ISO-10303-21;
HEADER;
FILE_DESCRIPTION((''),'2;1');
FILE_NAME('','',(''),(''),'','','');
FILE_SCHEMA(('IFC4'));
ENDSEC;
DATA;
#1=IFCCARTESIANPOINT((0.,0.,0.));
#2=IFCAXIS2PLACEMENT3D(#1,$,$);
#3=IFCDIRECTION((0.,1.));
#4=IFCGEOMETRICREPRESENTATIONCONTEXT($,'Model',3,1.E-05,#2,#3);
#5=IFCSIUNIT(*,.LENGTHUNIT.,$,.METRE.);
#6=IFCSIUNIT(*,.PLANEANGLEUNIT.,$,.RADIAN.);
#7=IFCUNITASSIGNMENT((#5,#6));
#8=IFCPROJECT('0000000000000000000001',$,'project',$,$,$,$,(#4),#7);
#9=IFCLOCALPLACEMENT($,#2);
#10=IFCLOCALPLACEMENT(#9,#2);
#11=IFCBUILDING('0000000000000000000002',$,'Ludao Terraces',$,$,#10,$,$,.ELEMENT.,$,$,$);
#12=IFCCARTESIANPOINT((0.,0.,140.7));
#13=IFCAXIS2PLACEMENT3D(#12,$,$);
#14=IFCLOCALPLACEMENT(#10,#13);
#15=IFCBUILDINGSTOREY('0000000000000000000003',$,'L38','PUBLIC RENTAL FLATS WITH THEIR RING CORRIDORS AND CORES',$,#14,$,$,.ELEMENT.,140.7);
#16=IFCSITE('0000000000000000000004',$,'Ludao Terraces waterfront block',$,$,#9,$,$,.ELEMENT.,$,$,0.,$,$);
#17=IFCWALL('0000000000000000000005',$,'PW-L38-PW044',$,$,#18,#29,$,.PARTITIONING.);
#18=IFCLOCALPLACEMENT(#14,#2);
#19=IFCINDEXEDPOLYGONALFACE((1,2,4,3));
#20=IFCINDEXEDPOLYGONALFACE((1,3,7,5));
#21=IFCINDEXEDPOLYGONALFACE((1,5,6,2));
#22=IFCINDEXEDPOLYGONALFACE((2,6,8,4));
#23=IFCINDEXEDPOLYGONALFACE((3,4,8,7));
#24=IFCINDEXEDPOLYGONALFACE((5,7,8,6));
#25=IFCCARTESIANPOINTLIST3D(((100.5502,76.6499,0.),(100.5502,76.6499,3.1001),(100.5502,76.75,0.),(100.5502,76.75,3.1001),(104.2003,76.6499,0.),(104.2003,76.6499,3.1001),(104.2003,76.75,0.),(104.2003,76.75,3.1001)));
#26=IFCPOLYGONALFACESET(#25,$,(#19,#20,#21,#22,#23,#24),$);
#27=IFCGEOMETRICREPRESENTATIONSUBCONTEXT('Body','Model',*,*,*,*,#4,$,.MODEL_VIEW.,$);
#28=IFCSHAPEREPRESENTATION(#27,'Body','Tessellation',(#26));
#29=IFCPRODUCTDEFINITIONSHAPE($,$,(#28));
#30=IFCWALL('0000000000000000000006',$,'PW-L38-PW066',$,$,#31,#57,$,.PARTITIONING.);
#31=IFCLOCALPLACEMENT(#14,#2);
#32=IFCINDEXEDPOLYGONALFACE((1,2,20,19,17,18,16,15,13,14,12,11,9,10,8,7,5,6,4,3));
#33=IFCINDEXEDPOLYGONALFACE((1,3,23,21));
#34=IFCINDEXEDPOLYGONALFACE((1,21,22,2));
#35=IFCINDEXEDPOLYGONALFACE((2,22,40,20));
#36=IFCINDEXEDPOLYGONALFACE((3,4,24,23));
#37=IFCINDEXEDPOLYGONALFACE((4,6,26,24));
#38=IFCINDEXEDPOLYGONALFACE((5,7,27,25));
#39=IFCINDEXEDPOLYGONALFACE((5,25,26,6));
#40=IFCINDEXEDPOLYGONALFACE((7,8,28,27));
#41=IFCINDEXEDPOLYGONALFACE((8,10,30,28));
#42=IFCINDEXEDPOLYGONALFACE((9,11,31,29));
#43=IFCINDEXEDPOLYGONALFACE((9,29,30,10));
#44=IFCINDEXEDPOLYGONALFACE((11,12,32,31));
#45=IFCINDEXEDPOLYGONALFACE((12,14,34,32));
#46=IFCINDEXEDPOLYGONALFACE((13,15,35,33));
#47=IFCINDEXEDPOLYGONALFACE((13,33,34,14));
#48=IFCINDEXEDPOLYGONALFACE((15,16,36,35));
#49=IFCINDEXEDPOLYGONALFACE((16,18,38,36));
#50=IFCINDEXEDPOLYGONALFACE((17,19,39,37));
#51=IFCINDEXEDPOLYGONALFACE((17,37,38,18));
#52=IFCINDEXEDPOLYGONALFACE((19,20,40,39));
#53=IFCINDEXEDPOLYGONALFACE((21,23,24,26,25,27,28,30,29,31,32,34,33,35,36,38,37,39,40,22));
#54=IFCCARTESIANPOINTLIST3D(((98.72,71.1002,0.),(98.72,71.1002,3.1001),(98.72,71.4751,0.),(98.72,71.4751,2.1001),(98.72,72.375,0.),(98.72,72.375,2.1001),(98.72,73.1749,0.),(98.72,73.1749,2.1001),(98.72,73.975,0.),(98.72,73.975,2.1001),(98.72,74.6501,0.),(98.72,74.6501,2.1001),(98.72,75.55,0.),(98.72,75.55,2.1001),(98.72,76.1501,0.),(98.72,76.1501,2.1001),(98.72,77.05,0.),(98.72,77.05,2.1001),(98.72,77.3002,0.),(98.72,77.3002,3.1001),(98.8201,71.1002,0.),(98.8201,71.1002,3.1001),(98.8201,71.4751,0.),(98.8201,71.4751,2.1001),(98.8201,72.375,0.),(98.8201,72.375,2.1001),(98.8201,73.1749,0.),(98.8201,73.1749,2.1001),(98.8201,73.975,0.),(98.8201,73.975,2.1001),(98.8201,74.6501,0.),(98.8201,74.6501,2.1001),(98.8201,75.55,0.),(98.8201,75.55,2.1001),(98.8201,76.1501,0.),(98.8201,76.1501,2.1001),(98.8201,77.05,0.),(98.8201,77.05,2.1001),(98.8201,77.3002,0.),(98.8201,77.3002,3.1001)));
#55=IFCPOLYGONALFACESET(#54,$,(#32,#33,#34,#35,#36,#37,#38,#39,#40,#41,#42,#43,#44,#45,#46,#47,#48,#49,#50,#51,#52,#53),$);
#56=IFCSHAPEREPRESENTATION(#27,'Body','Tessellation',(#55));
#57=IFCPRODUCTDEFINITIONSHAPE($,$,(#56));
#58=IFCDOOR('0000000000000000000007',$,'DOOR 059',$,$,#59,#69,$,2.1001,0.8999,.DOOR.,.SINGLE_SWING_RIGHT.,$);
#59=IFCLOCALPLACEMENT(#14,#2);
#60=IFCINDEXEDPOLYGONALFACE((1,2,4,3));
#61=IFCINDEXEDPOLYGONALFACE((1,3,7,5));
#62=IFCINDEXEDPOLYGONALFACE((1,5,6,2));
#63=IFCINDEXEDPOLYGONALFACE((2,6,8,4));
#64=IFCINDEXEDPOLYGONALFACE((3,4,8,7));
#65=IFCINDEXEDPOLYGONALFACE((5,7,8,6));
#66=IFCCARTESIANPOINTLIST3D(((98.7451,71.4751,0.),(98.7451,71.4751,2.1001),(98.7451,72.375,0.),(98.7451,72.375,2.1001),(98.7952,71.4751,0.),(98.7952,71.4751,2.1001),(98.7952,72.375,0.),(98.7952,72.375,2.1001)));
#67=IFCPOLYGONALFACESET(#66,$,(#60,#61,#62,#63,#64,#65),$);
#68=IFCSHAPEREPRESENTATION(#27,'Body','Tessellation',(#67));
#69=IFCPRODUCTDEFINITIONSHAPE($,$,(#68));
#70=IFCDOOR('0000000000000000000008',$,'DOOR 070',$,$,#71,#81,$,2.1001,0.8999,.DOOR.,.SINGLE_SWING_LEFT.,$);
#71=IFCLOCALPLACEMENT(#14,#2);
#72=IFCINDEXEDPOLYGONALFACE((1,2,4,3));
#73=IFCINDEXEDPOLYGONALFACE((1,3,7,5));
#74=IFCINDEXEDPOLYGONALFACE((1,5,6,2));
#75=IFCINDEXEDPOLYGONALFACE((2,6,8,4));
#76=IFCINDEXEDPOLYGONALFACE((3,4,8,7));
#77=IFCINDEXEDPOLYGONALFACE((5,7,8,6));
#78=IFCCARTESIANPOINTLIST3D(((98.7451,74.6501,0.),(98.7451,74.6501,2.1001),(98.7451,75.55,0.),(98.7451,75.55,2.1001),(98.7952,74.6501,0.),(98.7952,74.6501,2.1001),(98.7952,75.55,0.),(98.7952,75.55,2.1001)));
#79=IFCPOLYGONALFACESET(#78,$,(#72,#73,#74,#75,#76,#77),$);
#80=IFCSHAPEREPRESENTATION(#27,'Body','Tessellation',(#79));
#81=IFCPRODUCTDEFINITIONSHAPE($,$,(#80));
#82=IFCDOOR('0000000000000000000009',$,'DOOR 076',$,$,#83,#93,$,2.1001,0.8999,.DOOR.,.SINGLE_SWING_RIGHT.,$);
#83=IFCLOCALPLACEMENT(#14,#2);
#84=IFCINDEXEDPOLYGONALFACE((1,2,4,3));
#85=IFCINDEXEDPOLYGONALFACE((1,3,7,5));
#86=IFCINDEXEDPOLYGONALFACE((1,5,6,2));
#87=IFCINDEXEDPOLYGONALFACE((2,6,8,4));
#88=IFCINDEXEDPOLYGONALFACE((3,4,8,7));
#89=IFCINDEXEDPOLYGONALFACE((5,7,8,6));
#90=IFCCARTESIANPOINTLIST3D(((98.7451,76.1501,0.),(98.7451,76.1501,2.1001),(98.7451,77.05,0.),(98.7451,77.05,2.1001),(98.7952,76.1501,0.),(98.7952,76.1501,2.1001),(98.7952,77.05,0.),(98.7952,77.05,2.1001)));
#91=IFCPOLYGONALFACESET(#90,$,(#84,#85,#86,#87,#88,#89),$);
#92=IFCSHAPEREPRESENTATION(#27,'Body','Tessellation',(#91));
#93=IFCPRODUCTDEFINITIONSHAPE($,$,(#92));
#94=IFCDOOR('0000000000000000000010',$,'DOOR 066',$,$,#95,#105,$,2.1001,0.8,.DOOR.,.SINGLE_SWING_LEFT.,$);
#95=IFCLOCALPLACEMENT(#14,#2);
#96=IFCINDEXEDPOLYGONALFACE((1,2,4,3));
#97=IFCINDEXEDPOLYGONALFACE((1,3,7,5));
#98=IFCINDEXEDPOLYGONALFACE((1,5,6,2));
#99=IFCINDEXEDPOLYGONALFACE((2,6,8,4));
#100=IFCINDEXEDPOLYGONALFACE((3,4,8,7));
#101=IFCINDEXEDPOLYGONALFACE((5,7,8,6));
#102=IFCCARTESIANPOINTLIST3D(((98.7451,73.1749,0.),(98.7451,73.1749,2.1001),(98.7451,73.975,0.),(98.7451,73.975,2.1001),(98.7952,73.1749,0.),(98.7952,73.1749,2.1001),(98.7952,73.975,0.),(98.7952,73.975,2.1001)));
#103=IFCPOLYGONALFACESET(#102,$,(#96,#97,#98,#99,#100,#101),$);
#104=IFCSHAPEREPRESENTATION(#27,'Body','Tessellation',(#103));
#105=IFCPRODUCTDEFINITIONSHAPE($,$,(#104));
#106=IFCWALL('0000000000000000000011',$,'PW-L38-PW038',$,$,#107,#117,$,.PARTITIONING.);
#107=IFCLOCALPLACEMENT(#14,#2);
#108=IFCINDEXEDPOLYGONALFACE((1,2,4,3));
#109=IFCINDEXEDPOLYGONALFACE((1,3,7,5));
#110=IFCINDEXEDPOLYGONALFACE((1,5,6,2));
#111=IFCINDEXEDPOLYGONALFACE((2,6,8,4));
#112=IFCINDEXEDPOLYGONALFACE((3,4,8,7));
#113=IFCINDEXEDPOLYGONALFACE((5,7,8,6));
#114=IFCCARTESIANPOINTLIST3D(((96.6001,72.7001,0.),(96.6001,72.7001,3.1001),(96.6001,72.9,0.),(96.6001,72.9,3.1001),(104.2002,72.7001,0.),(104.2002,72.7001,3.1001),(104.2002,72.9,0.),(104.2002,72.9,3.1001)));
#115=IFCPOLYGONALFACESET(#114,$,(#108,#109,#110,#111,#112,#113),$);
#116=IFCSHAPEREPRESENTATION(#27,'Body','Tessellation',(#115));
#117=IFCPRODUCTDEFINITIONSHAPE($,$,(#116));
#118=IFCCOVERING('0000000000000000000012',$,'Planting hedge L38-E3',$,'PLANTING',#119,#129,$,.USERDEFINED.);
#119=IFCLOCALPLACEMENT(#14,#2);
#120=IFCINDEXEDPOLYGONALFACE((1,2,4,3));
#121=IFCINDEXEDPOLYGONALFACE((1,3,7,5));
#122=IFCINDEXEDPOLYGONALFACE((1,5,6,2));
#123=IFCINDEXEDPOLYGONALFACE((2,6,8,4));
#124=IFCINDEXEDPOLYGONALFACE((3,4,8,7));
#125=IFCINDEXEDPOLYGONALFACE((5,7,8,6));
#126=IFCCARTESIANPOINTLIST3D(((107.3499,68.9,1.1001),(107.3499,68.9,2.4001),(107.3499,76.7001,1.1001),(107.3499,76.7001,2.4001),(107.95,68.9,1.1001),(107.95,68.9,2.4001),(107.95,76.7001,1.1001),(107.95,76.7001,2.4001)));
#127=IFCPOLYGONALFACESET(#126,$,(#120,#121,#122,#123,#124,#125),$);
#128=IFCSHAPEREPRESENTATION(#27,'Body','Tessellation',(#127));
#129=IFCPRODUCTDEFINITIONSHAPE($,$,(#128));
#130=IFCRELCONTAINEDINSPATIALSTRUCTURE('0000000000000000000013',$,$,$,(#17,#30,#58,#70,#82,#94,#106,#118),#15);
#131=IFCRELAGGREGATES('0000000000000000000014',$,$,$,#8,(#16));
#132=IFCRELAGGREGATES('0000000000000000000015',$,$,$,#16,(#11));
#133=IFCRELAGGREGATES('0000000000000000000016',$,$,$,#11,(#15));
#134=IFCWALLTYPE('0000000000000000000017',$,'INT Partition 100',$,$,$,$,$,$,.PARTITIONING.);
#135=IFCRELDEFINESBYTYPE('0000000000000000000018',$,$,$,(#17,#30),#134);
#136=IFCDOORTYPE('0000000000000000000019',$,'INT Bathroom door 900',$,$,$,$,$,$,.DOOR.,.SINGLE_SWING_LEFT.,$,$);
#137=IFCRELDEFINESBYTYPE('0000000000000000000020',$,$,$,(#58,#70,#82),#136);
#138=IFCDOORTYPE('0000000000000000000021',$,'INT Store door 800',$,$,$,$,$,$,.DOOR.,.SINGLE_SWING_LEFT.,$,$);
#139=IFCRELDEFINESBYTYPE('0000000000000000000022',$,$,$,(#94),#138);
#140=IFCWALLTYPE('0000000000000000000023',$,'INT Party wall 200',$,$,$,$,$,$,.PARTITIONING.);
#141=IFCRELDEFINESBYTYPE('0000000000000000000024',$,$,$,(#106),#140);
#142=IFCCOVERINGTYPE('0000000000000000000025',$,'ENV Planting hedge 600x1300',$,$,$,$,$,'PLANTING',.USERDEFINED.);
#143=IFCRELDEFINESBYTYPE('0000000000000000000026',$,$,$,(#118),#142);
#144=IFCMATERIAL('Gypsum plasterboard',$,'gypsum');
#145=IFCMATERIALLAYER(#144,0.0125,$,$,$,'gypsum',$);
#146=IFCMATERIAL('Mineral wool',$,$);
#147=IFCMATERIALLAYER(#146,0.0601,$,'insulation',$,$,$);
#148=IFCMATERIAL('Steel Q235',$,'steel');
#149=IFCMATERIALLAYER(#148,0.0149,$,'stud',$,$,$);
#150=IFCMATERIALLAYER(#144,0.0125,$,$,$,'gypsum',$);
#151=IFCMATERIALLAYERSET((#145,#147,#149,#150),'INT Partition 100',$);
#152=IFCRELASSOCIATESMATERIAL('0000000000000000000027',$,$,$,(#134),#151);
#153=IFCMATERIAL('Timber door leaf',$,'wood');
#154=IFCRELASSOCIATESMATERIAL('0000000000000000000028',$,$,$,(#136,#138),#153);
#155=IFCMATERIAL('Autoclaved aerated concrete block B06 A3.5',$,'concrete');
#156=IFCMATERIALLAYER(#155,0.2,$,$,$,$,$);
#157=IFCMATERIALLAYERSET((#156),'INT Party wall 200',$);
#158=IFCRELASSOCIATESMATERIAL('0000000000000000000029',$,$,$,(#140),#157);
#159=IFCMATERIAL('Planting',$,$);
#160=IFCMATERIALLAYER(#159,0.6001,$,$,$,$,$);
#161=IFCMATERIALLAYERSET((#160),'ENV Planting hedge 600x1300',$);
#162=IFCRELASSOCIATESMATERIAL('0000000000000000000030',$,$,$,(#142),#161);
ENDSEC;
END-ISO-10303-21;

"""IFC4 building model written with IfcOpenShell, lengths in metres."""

from ifc_helpers import new_model, si_unit, direction, frame, frame_2d, origin, origin_2d, place, context, subcontext, project, spatial, rectangle, extrude, material, layer, layer_set, type_object, element, fill, save


model = new_model("IFC4")

# Units and contexts
model_context = context("Model", 3, precision=1e-05, world=origin(), true_north=direction((0.0, 1.0)))
body_context = subcontext(model_context, "Body", "Model", "MODEL_VIEW")
ifc_project = project(units=[si_unit("LENGTHUNIT", "METRE"), si_unit("PLANEANGLEUNIT", "RADIAN")], contexts=[model_context])

# Site, building, storey
site_placement = place(None, origin())
site = spatial("IfcSite", under=ifc_project, at=site_placement, Name="Ludao Terraces waterfront block", CompositionType="ELEMENT", RefElevation=0.0)
building_placement = place(site_placement, origin())
building = spatial("IfcBuilding", under=site, at=building_placement, Name="Ludao Terraces", CompositionType="ELEMENT")
storey_placement = place(building_placement, frame((0.0, 0.0, 140.7)))
storey = spatial("IfcBuildingStorey", under=building, at=storey_placement, Name="L38", Description="PUBLIC RENTAL FLATS WITH THEIR RING CORRIDORS AND CORES", CompositionType="ELEMENT", Elevation=140.7)

# Shared definitions
ifc_material_1 = material(Name="Mineral wool")

# Wall
ifc_material_2 = material(Name="Gypsum plasterboard", Category="gypsum")
ifc_layer_1 = layer(ifc_material_2, 0.0125, Category="gypsum")
ifc_layer_2 = layer(ifc_material_1, 0.0601, Name="insulation")
ifc_material_3 = material(Name="Steel Q235", Category="steel")
ifc_layer_3 = layer(ifc_material_3, 0.0149, Name="stud")
ifc_layer_4 = layer(ifc_material_2, 0.0125, Category="gypsum")
ifc_layer_set_1 = layer_set([ifc_layer_1, ifc_layer_2, ifc_layer_3, ifc_layer_4], Name="INT Partition 100")
wall_type_1 = type_object("IfcWallType", Name="INT Partition 100", PredefinedType="PARTITIONING", material=ifc_layer_set_1)
wall_1_placement = place(storey_placement, frame((100.55, 76.7, 0.0), z_axis=(0.0, 0.0, 1.0), x_axis=(1.0, 0.0, 0.0)))
element("IfcWall", 1, at=wall_1_placement, inside=storey, type_object=wall_type_1, Name="PW-L38-PW044", PredefinedType="PARTITIONING", context=body_context, shape_type="SweptSolid", body=[
    extrude(rectangle(XDim=3.6501, YDim=0.1001, at=frame_2d((1.8252, 0.0))), origin(), (0.0, 0.0, 1.0), 3.1001),
])

# Wall, openings, doors
wall_2_placement = place(storey_placement, frame((98.77, 71.1001, 0.0), z_axis=(0.0, 0.0, 1.0), x_axis=(0.0, 1.0, 0.0)))
wall_2 = element("IfcWall", 2, at=wall_2_placement, inside=storey, type_object=wall_type_1, Name="PW-L38-PW066", PredefinedType="PARTITIONING", context=body_context, shape_type="SweptSolid", body=[
    extrude(rectangle(XDim=6.2, YDim=0.1001, at=frame_2d((3.1001, 0.0))), origin(), (0.0, 0.0, 1.0), 3.1001),
])
opening_1_placement = place(wall_2_placement, frame((0.375, 0.0, 0.0)))
opening_1 = element("IfcOpeningElement", 3, at=opening_1_placement, cuts=wall_2, PredefinedType="OPENING", context=body_context, shape_type="SweptSolid", body=[
    extrude(rectangle(XDim=0.8999, YDim=2.1001, at=frame_2d((0.45, 1.05))), frame((0.0, 0.0601, 0.0), z_axis=(0.0, -1.0, 0.0), x_axis=(1.0, 0.0, 0.0)), (0.0, 0.0, 1.0), 0.1201),
])
opening_2_placement = place(wall_2_placement, frame((2.075, 0.0, 0.0)))
opening_2 = element("IfcOpeningElement", 4, at=opening_2_placement, cuts=wall_2, PredefinedType="OPENING", context=body_context, shape_type="SweptSolid", body=[
    extrude(rectangle(XDim=0.8, YDim=2.1001, at=frame_2d((0.3999, 1.05))), frame((0.0, 0.0601, 0.0), z_axis=(0.0, -1.0, 0.0), x_axis=(1.0, 0.0, 0.0)), (0.0, 0.0, 1.0), 0.1201),
])
opening_3_placement = place(wall_2_placement, frame((3.55, 0.0, 0.0)))
opening_3 = element("IfcOpeningElement", 5, at=opening_3_placement, cuts=wall_2, PredefinedType="OPENING", context=body_context, shape_type="SweptSolid", body=[
    extrude(rectangle(XDim=0.8999, YDim=2.1001, at=frame_2d((0.45, 1.05))), frame((0.0, 0.0601, 0.0), z_axis=(0.0, -1.0, 0.0), x_axis=(1.0, 0.0, 0.0)), (0.0, 0.0, 1.0), 0.1201),
])
opening_4_placement = place(wall_2_placement, frame((5.05, 0.0, 0.0)))
opening_4 = element("IfcOpeningElement", 6, at=opening_4_placement, cuts=wall_2, PredefinedType="OPENING", context=body_context, shape_type="SweptSolid", body=[
    extrude(rectangle(XDim=0.8999, YDim=2.1001, at=frame_2d((0.45, 1.05))), frame((0.0, 0.0601, 0.0), z_axis=(0.0, -1.0, 0.0), x_axis=(1.0, 0.0, 0.0)), (0.0, 0.0, 1.0), 0.1201),
])
ifc_material_4 = material(Name="Timber door leaf", Category="wood")
door_type_1 = type_object("IfcDoorType", Name="INT Bathroom door 900", OperationType="SINGLE_SWING_LEFT", PredefinedType="DOOR", material=ifc_material_4)
door_1_placement = place(opening_1_placement, origin())
door_1 = element("IfcDoor", 7, at=door_1_placement, inside=storey, type_object=door_type_1, Name="DOOR 059", OperationType="SINGLE_SWING_RIGHT", OverallHeight=2.1001, OverallWidth=0.8999, PredefinedType="DOOR", context=body_context, shape_type="SweptSolid", body=[
    extrude(rectangle(XDim=0.8999, YDim=2.1001, at=frame_2d((0.45, 1.05))), frame((0.0, 0.0249, 0.0), z_axis=(0.0, -1.0, 0.0), x_axis=(1.0, 0.0, 0.0)), (0.0, 0.0, 1.0), 0.05),
])
fill(opening_1, door_1)
door_2_placement = place(opening_3_placement, origin())
door_2 = element("IfcDoor", 8, at=door_2_placement, inside=storey, type_object=door_type_1, Name="DOOR 070", OperationType="SINGLE_SWING_LEFT", OverallHeight=2.1001, OverallWidth=0.8999, PredefinedType="DOOR", context=body_context, shape_type="SweptSolid", body=[
    extrude(rectangle(XDim=0.8999, YDim=2.1001, at=frame_2d((0.45, 1.05))), frame((0.0, 0.0249, 0.0), z_axis=(0.0, -1.0, 0.0), x_axis=(1.0, 0.0, 0.0)), (0.0, 0.0, 1.0), 0.05),
])
fill(opening_3, door_2)
door_3_placement = place(opening_4_placement, origin())
door_3 = element("IfcDoor", 9, at=door_3_placement, inside=storey, type_object=door_type_1, Name="DOOR 076", OperationType="SINGLE_SWING_RIGHT", OverallHeight=2.1001, OverallWidth=0.8999, PredefinedType="DOOR", context=body_context, shape_type="SweptSolid", body=[
    extrude(rectangle(XDim=0.8999, YDim=2.1001, at=frame_2d((0.45, 1.05))), frame((0.0, 0.0249, 0.0), z_axis=(0.0, -1.0, 0.0), x_axis=(1.0, 0.0, 0.0)), (0.0, 0.0, 1.0), 0.05),
])
fill(opening_4, door_3)
door_type_2 = type_object("IfcDoorType", Name="INT Store door 800", OperationType="SINGLE_SWING_LEFT", PredefinedType="DOOR", material=ifc_material_4)
door_4_placement = place(opening_2_placement, origin())
door_4 = element("IfcDoor", 10, at=door_4_placement, inside=storey, type_object=door_type_2, Name="DOOR 066", OperationType="SINGLE_SWING_LEFT", OverallHeight=2.1001, OverallWidth=0.8, PredefinedType="DOOR", context=body_context, shape_type="SweptSolid", body=[
    extrude(rectangle(XDim=0.8, YDim=2.1001, at=frame_2d((0.3999, 1.05))), frame((0.0, 0.0249, 0.0), z_axis=(0.0, -1.0, 0.0), x_axis=(1.0, 0.0, 0.0)), (0.0, 0.0, 1.0), 0.05),
])
fill(opening_2, door_4)

# Wall
ifc_material_5 = material(Name="Autoclaved aerated concrete block B06 A3.5", Category="concrete")
ifc_layer_5 = layer(ifc_material_5, 0.2)
ifc_layer_set_2 = layer_set([ifc_layer_5], Name="INT Party wall 200")
wall_type_2 = type_object("IfcWallType", Name="INT Party wall 200", PredefinedType="PARTITIONING", material=ifc_layer_set_2)
wall_3_placement = place(storey_placement, frame((96.6001, 72.8, 0.0), z_axis=(0.0, 0.0, 1.0), x_axis=(1.0, 0.0, 0.0)))
element("IfcWall", 11, at=wall_3_placement, inside=storey, type_object=wall_type_2, Name="PW-L38-PW038", PredefinedType="PARTITIONING", context=body_context, shape_type="SweptSolid", body=[
    extrude(rectangle(XDim=7.6001, YDim=0.2, at=frame_2d((3.8, 0.0))), origin(), (0.0, 0.0, 1.0), 3.1001),
])

# Covering
ifc_material_6 = material(Name="Planting")
ifc_layer_6 = layer(ifc_material_6, 0.6001)
ifc_layer_set_3 = layer_set([ifc_layer_6], Name="ENV Planting hedge 600x1300")
covering_type = type_object("IfcCoveringType", Name="ENV Planting hedge 600x1300", ElementType="PLANTING", PredefinedType="USERDEFINED", material=ifc_layer_set_3)
covering_placement = place(storey_placement, frame((107.6499, 72.8, 1.1001), z_axis=(0.0, 0.0, 1.0), x_axis=(1.0, 0.0, 0.0)))
element("IfcCovering", 12, at=covering_placement, inside=storey, type_object=covering_type, Name="Planting hedge L38-E3", ObjectType="PLANTING", PredefinedType="USERDEFINED", context=body_context, shape_type="SweptSolid", body=[
    extrude(rectangle(XDim=0.6001, YDim=7.8, at=origin_2d()), origin(), (0.0, 0.0, 1.0), 1.3),
])

save(model, "model.ifc")
